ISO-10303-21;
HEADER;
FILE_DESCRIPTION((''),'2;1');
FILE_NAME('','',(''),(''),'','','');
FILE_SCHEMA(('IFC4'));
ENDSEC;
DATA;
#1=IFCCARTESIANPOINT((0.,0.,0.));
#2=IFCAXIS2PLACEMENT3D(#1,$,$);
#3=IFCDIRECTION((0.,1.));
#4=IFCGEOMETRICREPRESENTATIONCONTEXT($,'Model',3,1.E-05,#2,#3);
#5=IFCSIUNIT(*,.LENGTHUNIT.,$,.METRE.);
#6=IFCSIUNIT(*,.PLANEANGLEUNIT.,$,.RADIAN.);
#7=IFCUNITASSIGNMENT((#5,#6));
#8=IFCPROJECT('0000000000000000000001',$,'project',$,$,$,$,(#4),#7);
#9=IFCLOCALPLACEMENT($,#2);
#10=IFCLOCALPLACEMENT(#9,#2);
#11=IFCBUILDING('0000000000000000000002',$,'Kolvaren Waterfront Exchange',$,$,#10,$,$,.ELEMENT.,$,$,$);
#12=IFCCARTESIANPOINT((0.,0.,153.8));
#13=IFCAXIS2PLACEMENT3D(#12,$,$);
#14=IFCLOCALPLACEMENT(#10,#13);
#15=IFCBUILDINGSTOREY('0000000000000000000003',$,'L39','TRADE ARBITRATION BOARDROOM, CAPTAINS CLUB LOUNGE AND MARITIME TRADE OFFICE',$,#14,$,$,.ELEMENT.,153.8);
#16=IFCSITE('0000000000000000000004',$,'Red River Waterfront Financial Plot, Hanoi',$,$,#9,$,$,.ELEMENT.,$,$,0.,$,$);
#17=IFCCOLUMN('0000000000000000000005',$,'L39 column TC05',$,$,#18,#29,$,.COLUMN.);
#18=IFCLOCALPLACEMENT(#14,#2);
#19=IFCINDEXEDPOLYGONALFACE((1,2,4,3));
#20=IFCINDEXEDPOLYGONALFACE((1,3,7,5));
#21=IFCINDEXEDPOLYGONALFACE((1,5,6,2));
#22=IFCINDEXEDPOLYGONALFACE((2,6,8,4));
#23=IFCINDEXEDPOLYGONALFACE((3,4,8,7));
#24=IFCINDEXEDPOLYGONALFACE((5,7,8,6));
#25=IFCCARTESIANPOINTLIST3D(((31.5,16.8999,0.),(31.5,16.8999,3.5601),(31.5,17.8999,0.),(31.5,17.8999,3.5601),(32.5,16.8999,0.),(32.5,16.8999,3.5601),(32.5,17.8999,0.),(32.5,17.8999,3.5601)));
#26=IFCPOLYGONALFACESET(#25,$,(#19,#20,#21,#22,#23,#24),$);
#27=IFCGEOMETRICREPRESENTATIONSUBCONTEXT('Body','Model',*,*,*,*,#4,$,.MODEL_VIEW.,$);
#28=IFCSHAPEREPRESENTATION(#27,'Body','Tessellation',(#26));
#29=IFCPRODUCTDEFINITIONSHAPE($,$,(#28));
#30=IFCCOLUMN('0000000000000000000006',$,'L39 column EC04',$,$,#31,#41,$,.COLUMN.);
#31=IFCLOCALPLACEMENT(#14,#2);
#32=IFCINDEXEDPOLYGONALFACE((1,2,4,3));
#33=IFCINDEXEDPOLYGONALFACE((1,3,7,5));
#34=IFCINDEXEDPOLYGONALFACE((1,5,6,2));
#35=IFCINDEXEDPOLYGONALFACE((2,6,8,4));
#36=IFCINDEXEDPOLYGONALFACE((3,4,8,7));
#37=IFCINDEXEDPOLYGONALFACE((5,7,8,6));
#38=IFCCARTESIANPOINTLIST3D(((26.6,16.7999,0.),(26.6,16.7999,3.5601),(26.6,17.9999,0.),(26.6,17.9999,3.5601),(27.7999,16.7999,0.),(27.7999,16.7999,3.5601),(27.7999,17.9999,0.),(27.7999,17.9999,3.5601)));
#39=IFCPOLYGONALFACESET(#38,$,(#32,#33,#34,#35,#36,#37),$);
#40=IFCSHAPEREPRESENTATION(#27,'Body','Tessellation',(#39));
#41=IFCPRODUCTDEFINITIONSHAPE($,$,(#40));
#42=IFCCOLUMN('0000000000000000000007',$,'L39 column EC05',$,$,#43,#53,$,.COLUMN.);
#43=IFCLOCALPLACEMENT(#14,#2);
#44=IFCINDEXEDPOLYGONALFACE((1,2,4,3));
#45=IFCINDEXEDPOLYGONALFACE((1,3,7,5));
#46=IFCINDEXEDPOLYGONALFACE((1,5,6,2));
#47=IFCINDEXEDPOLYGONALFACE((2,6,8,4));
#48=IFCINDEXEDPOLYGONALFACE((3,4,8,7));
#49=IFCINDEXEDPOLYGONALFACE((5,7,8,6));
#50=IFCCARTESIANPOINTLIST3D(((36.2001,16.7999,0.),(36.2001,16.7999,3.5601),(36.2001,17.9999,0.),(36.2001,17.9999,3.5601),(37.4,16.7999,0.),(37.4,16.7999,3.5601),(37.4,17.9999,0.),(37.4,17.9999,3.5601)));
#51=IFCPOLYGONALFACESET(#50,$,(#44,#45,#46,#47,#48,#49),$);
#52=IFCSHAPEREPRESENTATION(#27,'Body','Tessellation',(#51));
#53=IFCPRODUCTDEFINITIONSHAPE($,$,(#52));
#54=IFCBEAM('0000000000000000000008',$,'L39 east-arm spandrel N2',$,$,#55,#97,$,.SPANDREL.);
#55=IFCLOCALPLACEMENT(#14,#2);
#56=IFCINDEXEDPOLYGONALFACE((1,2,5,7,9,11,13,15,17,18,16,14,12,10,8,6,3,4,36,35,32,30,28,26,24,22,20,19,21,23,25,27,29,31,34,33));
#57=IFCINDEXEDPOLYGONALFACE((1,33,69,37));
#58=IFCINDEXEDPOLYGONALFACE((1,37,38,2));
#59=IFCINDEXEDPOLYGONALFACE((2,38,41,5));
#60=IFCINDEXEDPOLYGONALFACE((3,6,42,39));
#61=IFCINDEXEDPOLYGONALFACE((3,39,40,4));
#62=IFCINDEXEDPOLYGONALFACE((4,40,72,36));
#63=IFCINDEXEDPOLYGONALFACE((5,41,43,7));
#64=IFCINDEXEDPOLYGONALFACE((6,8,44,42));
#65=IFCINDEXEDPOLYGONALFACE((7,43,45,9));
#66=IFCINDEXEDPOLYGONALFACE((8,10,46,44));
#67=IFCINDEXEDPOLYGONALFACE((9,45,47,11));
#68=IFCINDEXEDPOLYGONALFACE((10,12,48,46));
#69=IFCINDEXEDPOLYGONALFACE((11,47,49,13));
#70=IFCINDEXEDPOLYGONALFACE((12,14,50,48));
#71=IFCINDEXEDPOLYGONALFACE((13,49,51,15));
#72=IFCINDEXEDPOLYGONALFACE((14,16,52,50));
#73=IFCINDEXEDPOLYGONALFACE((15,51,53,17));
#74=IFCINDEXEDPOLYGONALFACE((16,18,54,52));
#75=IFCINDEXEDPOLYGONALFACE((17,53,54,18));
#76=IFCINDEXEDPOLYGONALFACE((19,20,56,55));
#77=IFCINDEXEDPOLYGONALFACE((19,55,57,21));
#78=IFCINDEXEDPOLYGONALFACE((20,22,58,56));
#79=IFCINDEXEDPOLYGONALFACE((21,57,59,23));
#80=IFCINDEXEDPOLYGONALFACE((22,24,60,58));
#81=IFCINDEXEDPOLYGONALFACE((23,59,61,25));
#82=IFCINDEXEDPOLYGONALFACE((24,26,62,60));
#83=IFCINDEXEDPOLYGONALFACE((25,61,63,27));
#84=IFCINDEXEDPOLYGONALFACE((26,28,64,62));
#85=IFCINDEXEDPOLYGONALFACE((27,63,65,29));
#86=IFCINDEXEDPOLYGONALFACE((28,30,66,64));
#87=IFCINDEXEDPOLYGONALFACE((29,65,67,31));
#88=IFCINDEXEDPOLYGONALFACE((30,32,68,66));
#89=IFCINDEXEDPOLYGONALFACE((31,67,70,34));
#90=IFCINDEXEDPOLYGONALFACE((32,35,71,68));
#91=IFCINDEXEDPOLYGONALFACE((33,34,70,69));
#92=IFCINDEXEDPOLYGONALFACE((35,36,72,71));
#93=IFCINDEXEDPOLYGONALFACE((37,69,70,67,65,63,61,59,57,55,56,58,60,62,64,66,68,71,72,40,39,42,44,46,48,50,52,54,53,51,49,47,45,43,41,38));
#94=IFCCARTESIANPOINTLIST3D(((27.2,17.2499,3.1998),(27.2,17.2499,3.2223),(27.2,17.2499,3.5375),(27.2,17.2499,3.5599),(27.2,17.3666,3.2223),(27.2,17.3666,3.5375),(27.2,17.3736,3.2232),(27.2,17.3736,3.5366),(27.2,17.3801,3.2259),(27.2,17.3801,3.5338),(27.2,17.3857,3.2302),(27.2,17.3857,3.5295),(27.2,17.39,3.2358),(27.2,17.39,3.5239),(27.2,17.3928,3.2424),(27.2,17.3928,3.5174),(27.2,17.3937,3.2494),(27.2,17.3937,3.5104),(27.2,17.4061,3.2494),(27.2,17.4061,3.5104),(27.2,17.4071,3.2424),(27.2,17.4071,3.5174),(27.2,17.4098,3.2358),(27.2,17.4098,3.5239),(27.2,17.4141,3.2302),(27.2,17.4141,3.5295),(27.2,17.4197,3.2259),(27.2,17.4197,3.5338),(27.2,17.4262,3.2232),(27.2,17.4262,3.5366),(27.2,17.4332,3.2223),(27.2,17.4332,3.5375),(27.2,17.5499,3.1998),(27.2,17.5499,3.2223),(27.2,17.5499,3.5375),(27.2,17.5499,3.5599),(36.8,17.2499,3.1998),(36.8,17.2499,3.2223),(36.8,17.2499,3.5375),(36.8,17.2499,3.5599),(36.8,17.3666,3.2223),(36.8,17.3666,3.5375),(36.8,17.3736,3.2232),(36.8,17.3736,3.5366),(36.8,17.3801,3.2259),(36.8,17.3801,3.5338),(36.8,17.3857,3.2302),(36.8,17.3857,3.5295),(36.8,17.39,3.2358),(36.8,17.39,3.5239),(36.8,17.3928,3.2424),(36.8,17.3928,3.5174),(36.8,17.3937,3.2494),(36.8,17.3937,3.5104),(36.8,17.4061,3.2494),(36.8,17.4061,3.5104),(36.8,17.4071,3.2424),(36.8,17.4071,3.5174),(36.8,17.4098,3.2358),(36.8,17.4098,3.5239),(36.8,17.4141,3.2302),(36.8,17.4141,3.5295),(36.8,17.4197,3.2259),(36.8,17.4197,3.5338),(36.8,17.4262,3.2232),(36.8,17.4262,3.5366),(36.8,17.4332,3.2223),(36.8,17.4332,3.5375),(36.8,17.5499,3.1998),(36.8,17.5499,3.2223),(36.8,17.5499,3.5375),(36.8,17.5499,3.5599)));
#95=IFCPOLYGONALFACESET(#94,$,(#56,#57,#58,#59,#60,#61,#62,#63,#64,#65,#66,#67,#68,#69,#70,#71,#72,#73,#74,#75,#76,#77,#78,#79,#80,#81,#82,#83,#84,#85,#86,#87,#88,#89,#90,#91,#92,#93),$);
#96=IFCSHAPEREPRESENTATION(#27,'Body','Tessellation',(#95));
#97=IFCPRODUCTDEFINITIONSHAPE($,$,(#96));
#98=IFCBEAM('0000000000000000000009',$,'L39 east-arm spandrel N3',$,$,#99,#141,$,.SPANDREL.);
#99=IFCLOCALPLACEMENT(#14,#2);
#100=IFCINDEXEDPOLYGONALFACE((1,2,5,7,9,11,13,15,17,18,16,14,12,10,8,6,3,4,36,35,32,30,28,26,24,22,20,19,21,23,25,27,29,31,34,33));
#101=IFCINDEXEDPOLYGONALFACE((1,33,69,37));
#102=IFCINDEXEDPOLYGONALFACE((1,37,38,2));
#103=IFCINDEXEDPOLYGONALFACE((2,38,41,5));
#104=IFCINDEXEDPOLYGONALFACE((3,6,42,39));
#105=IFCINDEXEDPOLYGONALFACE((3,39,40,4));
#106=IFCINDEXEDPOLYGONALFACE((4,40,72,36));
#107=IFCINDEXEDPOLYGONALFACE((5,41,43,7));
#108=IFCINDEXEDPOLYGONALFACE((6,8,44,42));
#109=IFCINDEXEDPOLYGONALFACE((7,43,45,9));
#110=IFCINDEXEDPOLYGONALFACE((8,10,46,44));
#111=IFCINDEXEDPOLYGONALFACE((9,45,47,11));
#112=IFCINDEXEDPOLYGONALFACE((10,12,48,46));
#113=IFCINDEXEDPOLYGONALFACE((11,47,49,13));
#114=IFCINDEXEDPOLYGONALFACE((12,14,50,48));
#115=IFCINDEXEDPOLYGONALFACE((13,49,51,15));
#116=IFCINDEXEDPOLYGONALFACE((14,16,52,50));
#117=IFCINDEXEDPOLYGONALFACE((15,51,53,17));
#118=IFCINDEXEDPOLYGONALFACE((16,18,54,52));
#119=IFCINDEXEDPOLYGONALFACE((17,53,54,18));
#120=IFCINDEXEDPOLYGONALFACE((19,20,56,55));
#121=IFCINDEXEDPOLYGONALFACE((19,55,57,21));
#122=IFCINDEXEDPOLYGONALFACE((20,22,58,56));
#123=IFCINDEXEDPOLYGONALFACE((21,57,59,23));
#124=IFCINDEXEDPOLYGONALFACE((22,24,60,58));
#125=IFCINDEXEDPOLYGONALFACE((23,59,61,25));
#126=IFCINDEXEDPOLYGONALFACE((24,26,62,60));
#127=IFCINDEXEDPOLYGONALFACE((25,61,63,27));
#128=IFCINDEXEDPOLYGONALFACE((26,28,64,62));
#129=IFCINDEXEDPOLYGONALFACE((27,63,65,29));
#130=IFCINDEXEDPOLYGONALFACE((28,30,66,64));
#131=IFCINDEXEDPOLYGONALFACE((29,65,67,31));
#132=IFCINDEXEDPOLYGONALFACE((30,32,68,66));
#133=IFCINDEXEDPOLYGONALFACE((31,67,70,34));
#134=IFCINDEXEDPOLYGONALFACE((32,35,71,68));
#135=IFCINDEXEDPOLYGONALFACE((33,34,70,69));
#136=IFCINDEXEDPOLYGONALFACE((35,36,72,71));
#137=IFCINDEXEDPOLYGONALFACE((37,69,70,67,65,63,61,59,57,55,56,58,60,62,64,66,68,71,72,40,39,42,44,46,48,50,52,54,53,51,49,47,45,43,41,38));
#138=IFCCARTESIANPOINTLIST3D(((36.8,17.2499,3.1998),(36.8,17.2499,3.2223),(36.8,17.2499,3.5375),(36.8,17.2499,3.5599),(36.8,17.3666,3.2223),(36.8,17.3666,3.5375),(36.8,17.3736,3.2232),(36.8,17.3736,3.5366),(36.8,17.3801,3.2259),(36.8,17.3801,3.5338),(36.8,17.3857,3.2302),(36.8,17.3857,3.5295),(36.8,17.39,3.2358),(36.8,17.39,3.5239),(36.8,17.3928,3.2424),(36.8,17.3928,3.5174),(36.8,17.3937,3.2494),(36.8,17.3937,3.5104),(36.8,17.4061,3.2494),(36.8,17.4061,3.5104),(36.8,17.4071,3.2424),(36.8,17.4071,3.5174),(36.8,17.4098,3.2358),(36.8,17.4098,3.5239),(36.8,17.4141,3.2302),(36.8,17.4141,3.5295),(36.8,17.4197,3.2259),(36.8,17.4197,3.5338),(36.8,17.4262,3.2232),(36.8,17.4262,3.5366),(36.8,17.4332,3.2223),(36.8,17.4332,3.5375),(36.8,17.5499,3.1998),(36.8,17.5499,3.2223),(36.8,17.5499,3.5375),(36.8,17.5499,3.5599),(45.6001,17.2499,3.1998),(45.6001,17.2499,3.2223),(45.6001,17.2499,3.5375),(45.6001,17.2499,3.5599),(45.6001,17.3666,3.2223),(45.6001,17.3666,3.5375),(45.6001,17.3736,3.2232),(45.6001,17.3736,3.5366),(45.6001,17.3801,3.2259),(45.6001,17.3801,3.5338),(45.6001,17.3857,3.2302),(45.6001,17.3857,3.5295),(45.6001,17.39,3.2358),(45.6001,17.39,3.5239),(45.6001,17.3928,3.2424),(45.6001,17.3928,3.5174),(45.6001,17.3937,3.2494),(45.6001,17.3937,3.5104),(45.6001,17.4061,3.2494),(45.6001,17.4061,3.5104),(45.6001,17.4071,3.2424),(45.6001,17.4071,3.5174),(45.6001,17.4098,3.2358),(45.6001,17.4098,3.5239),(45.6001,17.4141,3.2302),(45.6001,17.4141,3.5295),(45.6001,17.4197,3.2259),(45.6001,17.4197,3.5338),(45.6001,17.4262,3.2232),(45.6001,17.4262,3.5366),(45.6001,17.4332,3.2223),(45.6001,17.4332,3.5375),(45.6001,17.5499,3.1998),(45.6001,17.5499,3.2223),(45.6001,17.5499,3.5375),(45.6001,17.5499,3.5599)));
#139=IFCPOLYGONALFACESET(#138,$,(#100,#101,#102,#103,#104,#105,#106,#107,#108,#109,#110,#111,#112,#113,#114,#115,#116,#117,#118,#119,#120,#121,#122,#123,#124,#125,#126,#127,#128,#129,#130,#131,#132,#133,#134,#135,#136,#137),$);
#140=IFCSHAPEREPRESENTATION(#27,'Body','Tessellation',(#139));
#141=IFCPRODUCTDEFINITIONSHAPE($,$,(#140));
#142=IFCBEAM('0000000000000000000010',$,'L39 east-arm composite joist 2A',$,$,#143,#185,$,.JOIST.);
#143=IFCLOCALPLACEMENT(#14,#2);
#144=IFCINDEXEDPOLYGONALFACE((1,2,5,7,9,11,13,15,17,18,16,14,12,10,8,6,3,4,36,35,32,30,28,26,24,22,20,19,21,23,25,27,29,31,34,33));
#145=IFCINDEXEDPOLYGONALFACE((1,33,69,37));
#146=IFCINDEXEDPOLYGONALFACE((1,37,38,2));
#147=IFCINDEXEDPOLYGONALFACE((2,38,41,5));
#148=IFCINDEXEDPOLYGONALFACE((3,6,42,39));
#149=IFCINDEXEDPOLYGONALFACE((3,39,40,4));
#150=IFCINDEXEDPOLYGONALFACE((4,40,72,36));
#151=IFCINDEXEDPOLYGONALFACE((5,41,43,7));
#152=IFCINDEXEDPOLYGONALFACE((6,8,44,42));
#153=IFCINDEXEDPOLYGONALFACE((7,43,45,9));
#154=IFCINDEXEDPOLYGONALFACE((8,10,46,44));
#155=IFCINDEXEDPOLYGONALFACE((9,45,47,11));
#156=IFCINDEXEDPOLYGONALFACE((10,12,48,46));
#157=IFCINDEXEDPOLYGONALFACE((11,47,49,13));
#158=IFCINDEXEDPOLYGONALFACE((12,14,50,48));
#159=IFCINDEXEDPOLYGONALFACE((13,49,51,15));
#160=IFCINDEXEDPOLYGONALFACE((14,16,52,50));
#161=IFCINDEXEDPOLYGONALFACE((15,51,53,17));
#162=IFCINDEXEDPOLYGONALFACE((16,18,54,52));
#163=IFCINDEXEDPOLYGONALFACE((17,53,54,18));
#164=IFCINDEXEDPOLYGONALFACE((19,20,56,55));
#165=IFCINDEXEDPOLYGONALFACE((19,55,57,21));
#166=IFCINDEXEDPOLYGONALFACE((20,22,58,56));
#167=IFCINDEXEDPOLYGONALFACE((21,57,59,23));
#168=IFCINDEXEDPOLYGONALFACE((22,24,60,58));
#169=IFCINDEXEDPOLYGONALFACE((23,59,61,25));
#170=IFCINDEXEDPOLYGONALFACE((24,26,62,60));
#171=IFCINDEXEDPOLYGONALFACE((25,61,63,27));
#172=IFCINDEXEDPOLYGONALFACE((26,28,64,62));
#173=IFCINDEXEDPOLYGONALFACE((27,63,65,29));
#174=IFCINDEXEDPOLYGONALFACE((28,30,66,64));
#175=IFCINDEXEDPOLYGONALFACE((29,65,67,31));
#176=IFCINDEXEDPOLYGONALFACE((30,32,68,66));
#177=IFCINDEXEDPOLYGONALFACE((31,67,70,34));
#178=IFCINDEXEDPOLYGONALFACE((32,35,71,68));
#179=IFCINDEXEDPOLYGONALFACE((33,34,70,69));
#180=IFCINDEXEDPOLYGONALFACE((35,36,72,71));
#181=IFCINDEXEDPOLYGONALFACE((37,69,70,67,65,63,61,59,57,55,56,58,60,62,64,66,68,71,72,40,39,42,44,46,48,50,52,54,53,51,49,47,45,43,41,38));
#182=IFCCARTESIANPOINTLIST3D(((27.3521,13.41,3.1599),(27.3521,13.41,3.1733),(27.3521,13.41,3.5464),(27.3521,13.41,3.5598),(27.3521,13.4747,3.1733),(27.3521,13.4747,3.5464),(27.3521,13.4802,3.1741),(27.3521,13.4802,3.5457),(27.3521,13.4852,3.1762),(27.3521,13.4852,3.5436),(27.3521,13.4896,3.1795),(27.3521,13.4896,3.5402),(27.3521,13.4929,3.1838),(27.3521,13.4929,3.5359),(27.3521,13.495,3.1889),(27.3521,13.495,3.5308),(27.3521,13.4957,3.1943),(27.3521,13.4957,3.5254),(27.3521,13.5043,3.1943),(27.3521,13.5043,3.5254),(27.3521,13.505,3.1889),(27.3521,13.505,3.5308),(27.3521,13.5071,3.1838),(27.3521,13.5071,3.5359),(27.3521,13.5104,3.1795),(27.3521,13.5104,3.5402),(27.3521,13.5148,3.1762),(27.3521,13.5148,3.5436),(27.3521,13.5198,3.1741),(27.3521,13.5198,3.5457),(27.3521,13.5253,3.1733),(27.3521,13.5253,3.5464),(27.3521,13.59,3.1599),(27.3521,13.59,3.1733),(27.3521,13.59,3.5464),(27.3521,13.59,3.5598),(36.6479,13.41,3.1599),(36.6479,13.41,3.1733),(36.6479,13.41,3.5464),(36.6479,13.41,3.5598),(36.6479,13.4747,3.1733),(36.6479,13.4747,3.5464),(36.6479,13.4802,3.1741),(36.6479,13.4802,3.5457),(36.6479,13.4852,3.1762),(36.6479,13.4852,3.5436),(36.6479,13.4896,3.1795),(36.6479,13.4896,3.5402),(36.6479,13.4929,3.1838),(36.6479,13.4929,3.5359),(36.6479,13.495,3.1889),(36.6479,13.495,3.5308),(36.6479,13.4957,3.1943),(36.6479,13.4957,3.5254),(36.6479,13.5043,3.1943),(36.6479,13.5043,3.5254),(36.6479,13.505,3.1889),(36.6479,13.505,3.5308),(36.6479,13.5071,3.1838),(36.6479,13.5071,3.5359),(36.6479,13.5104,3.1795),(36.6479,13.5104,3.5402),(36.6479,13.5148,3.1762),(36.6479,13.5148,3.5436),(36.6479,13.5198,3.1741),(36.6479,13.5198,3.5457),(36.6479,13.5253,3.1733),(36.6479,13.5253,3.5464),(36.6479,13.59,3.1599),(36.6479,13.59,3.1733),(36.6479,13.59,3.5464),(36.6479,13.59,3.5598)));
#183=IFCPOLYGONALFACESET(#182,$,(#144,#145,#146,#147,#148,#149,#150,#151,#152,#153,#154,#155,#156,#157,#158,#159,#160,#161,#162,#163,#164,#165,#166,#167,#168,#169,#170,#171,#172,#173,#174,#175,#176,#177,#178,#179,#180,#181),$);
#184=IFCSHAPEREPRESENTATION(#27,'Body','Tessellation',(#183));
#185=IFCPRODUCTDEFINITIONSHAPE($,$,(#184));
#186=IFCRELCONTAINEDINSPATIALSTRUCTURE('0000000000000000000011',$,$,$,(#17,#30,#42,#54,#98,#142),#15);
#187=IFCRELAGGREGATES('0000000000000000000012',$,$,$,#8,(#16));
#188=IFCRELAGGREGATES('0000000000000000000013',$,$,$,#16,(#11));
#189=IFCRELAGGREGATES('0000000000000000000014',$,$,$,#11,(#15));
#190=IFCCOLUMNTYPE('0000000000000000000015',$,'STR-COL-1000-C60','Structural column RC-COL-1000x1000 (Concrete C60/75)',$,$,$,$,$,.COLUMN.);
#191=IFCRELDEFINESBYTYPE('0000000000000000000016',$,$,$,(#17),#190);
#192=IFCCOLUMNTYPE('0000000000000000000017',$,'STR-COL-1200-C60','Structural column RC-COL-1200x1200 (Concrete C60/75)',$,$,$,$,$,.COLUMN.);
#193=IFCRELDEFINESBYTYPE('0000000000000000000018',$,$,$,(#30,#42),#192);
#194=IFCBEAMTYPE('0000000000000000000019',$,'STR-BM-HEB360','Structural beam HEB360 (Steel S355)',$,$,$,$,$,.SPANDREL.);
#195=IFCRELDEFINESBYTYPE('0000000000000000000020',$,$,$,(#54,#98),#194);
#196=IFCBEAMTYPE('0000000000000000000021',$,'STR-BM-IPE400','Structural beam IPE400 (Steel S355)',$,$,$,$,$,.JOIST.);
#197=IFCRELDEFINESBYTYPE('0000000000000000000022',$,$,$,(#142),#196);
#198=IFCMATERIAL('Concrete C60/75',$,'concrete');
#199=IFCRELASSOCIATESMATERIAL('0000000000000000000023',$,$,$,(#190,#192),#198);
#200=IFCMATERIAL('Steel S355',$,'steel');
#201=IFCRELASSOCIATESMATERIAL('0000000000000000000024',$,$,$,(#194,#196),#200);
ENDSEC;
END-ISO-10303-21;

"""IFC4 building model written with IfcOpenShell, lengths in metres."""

from ifc_helpers import new_model, si_unit, direction, frame, origin, origin_2d, place, context, subcontext, project, spatial, rectangle, i_section, extrude, material, material_profile, profile_set, type_object, element, save


model = new_model("IFC4")

# Units and contexts
model_context = context("Model", 3, precision=1e-05, world=origin(), true_north=direction((0.0, 1.0)))
body_context = subcontext(model_context, "Body", "Model", "MODEL_VIEW")
ifc_project = project(units=[si_unit("LENGTHUNIT", "METRE"), si_unit("PLANEANGLEUNIT", "RADIAN")], contexts=[model_context])

# Site, building, storey
site_placement = place(None, origin())
site = spatial("IfcSite", under=ifc_project, at=site_placement, Name="Red River Waterfront Financial Plot, Hanoi", CompositionType="ELEMENT", RefElevation=0.0)
building_placement = place(site_placement, origin())
building = spatial("IfcBuilding", under=site, at=building_placement, Name="Kolvaren Waterfront Exchange", CompositionType="ELEMENT")
storey_placement = place(building_placement, frame((0.0, 0.0, 153.8)))
storey = spatial("IfcBuildingStorey", under=building, at=storey_placement, Name="L39", Description="TRADE ARBITRATION BOARDROOM, CAPTAINS CLUB LOUNGE AND MARITIME TRADE OFFICE", CompositionType="ELEMENT", Elevation=153.8)

# Columns
ifc_material_1 = material(Name="Concrete C60/75", Category="concrete")
ifc_material_profile_1 = material_profile(ifc_material_1, rectangle(XDim=1.0, YDim=1.0, at=origin_2d()), Name="RC-COL-1000x1000")
ifc_profile_set_1 = profile_set([ifc_material_profile_1], Name="Concrete C60/75")
column_type_1 = type_object("IfcColumnType", Name="STR-COL-1000-C60", Description="Structural column RC-COL-1000x1000 (Concrete C60/75)", PredefinedType="COLUMN", material=ifc_profile_set_1)
column_placement = place(storey_placement, frame((32.0, 17.3999, 0.0), z_axis=(0.0, 0.0, 1.0), x_axis=(1.0, 0.0, 0.0)))
element("IfcColumn", 1, at=column_placement, inside=storey, type_object=column_type_1, Name="L39 column TC05", PredefinedType="COLUMN", context=body_context, shape_type="SweptSolid", body=[
    extrude(rectangle(XDim=1.0, YDim=1.0, at=origin_2d()), origin(), (0.0, 0.0, 1.0), 3.5601),
])
ifc_material_profile_2 = material_profile(ifc_material_1, rectangle(XDim=1.2, YDim=1.2, at=origin_2d()), Name="RC-COL-1200x1200")
ifc_profile_set_2 = profile_set([ifc_material_profile_2], Name="Concrete C60/75")
column_type_2 = type_object("IfcColumnType", Name="STR-COL-1200-C60", Description="Structural column RC-COL-1200x1200 (Concrete C60/75)", PredefinedType="COLUMN", material=ifc_profile_set_2)
for number, where, z_axis, x_axis, name in (
    (2, (27.2, 17.3999, 0.0), (0.0, 0.0, 1.0), (1.0, 0.0, 0.0), "L39 column EC04"),
    (3, (36.8, 17.3999, 0.0), (0.0, 0.0, 1.0), (1.0, 0.0, 0.0), "L39 column EC05"),
):
    element("IfcColumn", number, at=place(storey_placement, frame(where, z_axis=z_axis, x_axis=x_axis)), inside=storey, type_object=column_type_2, Name=name, PredefinedType="COLUMN", context=body_context, shape_type="SweptSolid", body=[
        extrude(rectangle(XDim=1.2, YDim=1.2, at=origin_2d()), origin(), (0.0, 0.0, 1.0), 3.5601),
    ])

# Beams
ifc_material_2 = material(Name="Steel S355", Category="steel")
ifc_material_profile_3 = material_profile(ifc_material_2, i_section(OverallWidth=0.3, OverallDepth=0.3601, WebThickness=0.0125, FlangeThickness=0.0225, FilletRadius=0.0271, at=origin_2d()), Name="HEB360")
ifc_profile_set_3 = profile_set([ifc_material_profile_3], Name="Steel S355")
beam_type_1 = type_object("IfcBeamType", Name="STR-BM-HEB360", Description="Structural beam HEB360 (Steel S355)", PredefinedType="SPANDREL", material=ifc_profile_set_3)
beam_1_placement = place(storey_placement, frame((27.2, 17.3999, 3.3799), z_axis=(1.0, 0.0, 0.0), x_axis=(0.0, 1.0, 0.0)))
element("IfcBeam", 4, at=beam_1_placement, inside=storey, type_object=beam_type_1, Name="L39 east-arm spandrel N2", PredefinedType="SPANDREL", context=body_context, shape_type="SweptSolid", body=[
    extrude(i_section(OverallWidth=0.3, OverallDepth=0.3601, WebThickness=0.0125, FlangeThickness=0.0225, FilletRadius=0.0271, at=origin_2d()), origin(), (0.0, 0.0, 1.0), 9.6001),
])
beam_2_placement = place(storey_placement, frame((36.8, 17.3999, 3.3799), z_axis=(1.0, 0.0, 0.0), x_axis=(0.0, 1.0, 0.0)))
element("IfcBeam", 5, at=beam_2_placement, inside=storey, type_object=beam_type_1, Name="L39 east-arm spandrel N3", PredefinedType="SPANDREL", context=body_context, shape_type="SweptSolid", body=[
    extrude(i_section(OverallWidth=0.3, OverallDepth=0.3601, WebThickness=0.0125, FlangeThickness=0.0225, FilletRadius=0.0271, at=origin_2d()), origin(), (0.0, 0.0, 1.0), 8.8),
])
ifc_material_profile_4 = material_profile(ifc_material_2, i_section(OverallWidth=0.1799, OverallDepth=0.3999, WebThickness=0.0085, FlangeThickness=0.0134, FilletRadius=0.021, at=origin_2d()), Name="IPE400")
ifc_profile_set_4 = profile_set([ifc_material_profile_4], Name="Steel S355")
beam_type_2 = type_object("IfcBeamType", Name="STR-BM-IPE400", Description="Structural beam IPE400 (Steel S355)", PredefinedType="JOIST", material=ifc_profile_set_4)
for number, where, z_axis, x_axis, name in (
    (6, (27.3521, 13.5, 3.3599), (1.0, 0.0, 0.0), (0.0, 1.0, 0.0), "L39 east-arm composite joist 2A"),
):
    element("IfcBeam", number, at=place(storey_placement, frame(where, z_axis=z_axis, x_axis=x_axis)), inside=storey, type_object=beam_type_2, Name=name, PredefinedType="JOIST", context=body_context, shape_type="SweptSolid", body=[
        extrude(i_section(OverallWidth=0.1799, OverallDepth=0.3999, WebThickness=0.0085, FlangeThickness=0.0134, FilletRadius=0.021, at=origin_2d()), origin(), (0.0, 0.0, 1.0), 9.2959),
    ])

save(model, "model.ifc")
